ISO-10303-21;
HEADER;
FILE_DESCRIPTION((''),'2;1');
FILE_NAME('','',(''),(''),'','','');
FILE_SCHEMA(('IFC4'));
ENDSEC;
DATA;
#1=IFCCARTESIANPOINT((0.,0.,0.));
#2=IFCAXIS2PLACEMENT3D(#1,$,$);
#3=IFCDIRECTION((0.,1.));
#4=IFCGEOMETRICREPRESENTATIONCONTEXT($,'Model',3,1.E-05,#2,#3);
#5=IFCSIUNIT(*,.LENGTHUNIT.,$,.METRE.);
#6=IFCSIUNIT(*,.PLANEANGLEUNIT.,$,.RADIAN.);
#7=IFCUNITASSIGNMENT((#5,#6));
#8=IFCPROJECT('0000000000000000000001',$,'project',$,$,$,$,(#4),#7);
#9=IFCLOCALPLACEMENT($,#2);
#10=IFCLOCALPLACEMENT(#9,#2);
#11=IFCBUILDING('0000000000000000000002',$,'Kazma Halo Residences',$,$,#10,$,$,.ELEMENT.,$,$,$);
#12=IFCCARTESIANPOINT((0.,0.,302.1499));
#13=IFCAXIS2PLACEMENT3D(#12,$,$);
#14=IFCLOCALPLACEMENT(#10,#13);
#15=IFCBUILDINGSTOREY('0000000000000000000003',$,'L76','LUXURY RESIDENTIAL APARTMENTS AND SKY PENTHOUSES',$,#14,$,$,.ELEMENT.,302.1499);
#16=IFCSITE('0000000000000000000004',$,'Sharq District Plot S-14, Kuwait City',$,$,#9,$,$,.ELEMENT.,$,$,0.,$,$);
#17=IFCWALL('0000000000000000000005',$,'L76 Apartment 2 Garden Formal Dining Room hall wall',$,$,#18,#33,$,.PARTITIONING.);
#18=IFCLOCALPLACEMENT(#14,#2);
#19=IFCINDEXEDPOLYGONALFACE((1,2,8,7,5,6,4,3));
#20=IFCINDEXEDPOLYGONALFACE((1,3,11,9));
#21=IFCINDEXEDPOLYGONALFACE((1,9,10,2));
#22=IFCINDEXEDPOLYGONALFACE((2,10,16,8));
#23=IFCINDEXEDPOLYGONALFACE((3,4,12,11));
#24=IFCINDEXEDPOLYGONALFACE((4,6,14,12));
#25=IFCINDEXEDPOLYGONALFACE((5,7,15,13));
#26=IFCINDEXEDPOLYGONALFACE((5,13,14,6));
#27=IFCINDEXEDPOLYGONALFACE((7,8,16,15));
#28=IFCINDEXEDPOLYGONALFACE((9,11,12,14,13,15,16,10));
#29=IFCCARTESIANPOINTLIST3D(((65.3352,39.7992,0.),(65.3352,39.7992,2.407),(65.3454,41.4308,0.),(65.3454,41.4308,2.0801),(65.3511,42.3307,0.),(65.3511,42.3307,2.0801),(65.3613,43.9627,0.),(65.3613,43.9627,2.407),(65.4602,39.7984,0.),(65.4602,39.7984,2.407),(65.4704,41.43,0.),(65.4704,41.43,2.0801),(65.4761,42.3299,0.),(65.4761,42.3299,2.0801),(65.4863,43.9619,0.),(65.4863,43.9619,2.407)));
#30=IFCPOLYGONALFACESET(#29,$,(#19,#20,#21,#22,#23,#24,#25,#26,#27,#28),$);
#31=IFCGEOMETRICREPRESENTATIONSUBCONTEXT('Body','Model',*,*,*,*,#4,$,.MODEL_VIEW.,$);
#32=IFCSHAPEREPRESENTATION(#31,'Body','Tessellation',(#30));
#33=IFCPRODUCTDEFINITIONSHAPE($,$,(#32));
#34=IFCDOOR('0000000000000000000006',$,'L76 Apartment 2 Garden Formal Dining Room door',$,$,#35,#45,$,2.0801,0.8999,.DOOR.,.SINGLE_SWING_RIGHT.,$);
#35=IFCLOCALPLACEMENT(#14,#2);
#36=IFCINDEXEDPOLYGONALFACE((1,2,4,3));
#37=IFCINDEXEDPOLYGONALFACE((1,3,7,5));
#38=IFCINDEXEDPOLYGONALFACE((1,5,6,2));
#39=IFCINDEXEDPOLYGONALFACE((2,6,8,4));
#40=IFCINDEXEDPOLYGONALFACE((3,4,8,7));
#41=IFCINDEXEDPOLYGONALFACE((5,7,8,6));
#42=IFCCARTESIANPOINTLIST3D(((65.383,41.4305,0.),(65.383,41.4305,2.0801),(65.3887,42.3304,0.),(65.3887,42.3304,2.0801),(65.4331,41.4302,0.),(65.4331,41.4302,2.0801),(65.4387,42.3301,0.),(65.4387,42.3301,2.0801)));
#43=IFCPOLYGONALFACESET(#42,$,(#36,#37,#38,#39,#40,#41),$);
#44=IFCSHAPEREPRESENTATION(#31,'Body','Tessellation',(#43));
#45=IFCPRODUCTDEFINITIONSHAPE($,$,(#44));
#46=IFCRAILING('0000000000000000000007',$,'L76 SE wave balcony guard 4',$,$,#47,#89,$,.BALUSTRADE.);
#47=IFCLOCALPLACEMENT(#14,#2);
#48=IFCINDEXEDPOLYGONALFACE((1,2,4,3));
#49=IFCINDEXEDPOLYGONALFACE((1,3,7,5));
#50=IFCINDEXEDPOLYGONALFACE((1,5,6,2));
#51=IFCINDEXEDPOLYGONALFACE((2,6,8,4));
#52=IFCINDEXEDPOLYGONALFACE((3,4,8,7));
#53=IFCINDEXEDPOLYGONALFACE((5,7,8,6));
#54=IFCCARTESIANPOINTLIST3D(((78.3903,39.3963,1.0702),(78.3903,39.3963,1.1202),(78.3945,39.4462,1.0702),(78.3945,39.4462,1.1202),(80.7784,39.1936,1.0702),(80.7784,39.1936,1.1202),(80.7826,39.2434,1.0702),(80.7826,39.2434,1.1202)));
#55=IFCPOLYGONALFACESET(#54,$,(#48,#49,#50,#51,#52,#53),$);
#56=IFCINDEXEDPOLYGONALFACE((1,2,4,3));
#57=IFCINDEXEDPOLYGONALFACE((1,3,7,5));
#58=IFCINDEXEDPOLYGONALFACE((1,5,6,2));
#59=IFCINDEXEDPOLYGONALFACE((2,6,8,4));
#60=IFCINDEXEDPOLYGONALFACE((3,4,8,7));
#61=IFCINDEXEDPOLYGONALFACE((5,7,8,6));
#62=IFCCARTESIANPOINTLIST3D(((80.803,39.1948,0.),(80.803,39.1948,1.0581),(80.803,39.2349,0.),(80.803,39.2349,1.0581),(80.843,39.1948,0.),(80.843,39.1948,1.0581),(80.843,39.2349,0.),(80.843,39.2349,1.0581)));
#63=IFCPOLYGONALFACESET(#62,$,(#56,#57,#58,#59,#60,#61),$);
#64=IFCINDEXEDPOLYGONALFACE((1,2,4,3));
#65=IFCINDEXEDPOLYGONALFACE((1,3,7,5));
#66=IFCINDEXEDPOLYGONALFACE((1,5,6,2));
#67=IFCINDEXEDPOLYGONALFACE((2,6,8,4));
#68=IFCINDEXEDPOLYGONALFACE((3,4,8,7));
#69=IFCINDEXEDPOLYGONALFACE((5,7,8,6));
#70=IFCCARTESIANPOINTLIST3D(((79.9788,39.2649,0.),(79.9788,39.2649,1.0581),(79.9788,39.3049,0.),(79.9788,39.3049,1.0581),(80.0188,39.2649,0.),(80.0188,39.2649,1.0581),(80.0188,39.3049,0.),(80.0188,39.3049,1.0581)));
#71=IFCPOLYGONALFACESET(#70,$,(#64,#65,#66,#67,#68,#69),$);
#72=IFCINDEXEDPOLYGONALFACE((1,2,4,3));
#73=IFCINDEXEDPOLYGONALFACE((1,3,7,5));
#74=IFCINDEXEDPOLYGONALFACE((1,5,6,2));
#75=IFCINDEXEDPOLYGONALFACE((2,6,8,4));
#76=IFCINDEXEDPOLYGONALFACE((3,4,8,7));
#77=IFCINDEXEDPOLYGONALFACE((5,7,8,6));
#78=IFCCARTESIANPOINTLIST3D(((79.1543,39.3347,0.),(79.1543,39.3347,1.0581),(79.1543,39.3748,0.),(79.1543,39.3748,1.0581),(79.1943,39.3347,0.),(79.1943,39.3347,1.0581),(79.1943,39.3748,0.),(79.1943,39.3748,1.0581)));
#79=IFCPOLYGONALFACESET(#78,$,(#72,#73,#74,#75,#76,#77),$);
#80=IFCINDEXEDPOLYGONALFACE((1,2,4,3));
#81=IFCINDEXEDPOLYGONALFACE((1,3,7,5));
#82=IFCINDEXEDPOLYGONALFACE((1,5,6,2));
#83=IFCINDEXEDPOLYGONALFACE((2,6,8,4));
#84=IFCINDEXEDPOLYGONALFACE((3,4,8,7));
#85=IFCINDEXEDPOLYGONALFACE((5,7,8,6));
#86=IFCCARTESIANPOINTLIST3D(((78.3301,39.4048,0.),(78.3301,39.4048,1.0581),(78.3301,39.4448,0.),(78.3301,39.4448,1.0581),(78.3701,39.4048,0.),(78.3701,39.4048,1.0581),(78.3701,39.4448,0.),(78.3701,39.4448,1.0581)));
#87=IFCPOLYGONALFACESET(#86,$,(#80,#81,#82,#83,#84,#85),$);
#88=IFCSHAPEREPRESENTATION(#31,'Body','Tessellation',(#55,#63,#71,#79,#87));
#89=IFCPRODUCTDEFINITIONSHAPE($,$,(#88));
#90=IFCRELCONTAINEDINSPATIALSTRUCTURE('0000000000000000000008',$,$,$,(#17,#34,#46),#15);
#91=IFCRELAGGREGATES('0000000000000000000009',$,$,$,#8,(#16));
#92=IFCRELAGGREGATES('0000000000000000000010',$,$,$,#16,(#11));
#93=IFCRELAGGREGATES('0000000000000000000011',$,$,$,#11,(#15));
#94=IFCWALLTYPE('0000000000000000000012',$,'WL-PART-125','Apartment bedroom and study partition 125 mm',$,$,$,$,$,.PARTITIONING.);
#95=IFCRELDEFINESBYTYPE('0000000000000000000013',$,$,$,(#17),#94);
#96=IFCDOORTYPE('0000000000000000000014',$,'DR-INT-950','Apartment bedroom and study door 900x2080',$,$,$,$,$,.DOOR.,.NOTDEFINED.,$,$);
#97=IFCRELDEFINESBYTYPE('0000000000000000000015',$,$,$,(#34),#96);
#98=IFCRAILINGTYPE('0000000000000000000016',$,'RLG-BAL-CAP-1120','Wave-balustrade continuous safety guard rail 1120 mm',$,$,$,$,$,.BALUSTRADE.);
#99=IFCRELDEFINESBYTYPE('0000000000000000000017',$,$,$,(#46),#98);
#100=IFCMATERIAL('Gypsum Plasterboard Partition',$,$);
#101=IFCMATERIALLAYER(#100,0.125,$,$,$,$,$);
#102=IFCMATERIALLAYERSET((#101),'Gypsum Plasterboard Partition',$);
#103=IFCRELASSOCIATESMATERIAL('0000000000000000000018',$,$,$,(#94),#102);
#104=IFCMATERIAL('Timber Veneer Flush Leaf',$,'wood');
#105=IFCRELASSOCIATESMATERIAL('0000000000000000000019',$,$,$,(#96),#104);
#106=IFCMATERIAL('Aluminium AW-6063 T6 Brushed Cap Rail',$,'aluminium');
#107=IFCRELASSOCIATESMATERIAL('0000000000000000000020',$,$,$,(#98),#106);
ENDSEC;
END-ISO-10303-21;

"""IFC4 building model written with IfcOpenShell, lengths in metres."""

from ifc_helpers import new_model, si_unit, direction, frame, frame_2d, origin, origin_2d, place, context, subcontext, project, spatial, rectangle, extrude, material, layer, layer_set, type_object, element, fill, save


model = new_model("IFC4")

# Units and contexts
model_context = context("Model", 3, precision=1e-05, world=origin(), true_north=direction((0.0, 1.0)))
body_context = subcontext(model_context, "Body", "Model", "MODEL_VIEW")
ifc_project = project(units=[si_unit("LENGTHUNIT", "METRE"), si_unit("PLANEANGLEUNIT", "RADIAN")], contexts=[model_context])

# Site, building, storey
site_placement = place(None, origin())
site = spatial("IfcSite", under=ifc_project, at=site_placement, Name="Sharq District Plot S-14, Kuwait City", CompositionType="ELEMENT", RefElevation=0.0)
building_placement = place(site_placement, origin())
building = spatial("IfcBuilding", under=site, at=building_placement, Name="Kazma Halo Residences", CompositionType="ELEMENT")
storey_placement = place(building_placement, frame((0.0, 0.0, 302.1499)))
storey = spatial("IfcBuildingStorey", under=building, at=storey_placement, Name="L76", Description="LUXURY RESIDENTIAL APARTMENTS AND SKY PENTHOUSES", CompositionType="ELEMENT", Elevation=302.1499)

# Shared definitions
ifc_material_1 = material(Name="Gypsum Plasterboard Partition")
ifc_layer_1 = layer(ifc_material_1, 0.125)
ifc_layer_set_1 = layer_set([ifc_layer_1], Name="Gypsum Plasterboard Partition")
wall_type_1 = type_object("IfcWallType", Name="WL-PART-125", Description="Apartment bedroom and study partition 125 mm", PredefinedType="PARTITIONING", material=ifc_layer_set_1)

# Wall, opening, door
wall_1_placement = place(storey_placement, frame((65.3977, 39.7988, 0.0), z_axis=(0.0, 0.0, 1.0), x_axis=(0.006274, 0.99998, 0.0)))
wall_1 = element("IfcWall", 1, at=wall_1_placement, inside=storey, type_object=wall_type_1, Name="L76 Apartment 2 Garden Formal Dining Room hall wall", PredefinedType="PARTITIONING", context=body_context, shape_type="SweptSolid", body=[
    extrude(rectangle(XDim=4.1636, YDim=0.125, at=frame_2d((2.0818, 0.0))), origin(), (0.0, 0.0, 1.0), 2.407),
])
opening_1_placement = place(wall_1_placement, frame((1.6316, 0.0, 0.0)))
opening_1 = element("IfcOpeningElement", 2, at=opening_1_placement, cuts=wall_1, PredefinedType="OPENING", context=body_context, shape_type="SweptSolid", body=[
    extrude(rectangle(XDim=0.8999, YDim=2.0801, at=frame_2d((0.45, 1.04))), frame((0.0, 0.0725, 0.0), z_axis=(0.0, -1.0, 0.0), x_axis=(1.0, 0.0, 0.0)), (0.0, 0.0, 1.0), 0.145),
])
ifc_material_2 = material(Name="Timber Veneer Flush Leaf", Category="wood")
door_type_1 = type_object("IfcDoorType", Name="DR-INT-950", Description="Apartment bedroom and study door 900x2080", OperationType="NOTDEFINED", PredefinedType="DOOR", material=ifc_material_2)
door_1_placement = place(opening_1_placement, origin())
door_1 = element("IfcDoor", 3, at=door_1_placement, inside=storey, type_object=door_type_1, Name="L76 Apartment 2 Garden Formal Dining Room door", OperationType="SINGLE_SWING_RIGHT", OverallHeight=2.0801, OverallWidth=0.8999, PredefinedType="DOOR", context=body_context, shape_type="SweptSolid", body=[
    extrude(rectangle(XDim=0.8999, YDim=2.0801, at=frame_2d((0.45, 1.04))), frame((0.0, 0.0249, 0.0), z_axis=(0.0, -1.0, 0.0), x_axis=(1.0, 0.0, 0.0)), (0.0, 0.0, 1.0), 0.05),
])
fill(opening_1, door_1)

# Railing
ifc_material_3 = material(Name="Aluminium AW-6063 T6 Brushed Cap Rail", Category="aluminium")
railing_type = type_object("IfcRailingType", Name="RLG-BAL-CAP-1120", Description="Wave-balustrade continuous safety guard rail 1120 mm", PredefinedType="BALUSTRADE", material=ifc_material_3)
railing_placement = place(storey_placement, frame((80.823, 39.2148, 0.0)))
element("IfcRailing", 4, at=railing_placement, inside=storey, type_object=railing_type, Name="L76 SE wave balcony guard 4", PredefinedType="BALUSTRADE", context=body_context, shape_type="SweptSolid", body=[
    extrude(rectangle(XDim=0.05, YDim=0.05, at=origin_2d()), frame((-0.0425, 0.0037, 1.0952), z_axis=(-0.996415, 0.0846, 0.0), x_axis=(-0.0846, -0.996415, 0.0)), (0.0, 0.0, 1.0), 2.3967),
    extrude(rectangle(XDim=0.04, YDim=0.04, at=origin_2d()), origin(), (0.0, 0.0, 1.0), 1.0581),
    extrude(rectangle(XDim=0.04, YDim=0.04, at=origin_2d()), frame((-0.8242, 0.0701, 0.0)), (0.0, 0.0, 1.0), 1.0581),
    extrude(rectangle(XDim=0.04, YDim=0.04, at=origin_2d()), frame((-1.6487, 0.1399, 0.0)), (0.0, 0.0, 1.0), 1.0581),
    extrude(rectangle(XDim=0.04, YDim=0.04, at=origin_2d()), frame((-2.4729, 0.21, 0.0)), (0.0, 0.0, 1.0), 1.0581),
])

save(model, "model.ifc")
